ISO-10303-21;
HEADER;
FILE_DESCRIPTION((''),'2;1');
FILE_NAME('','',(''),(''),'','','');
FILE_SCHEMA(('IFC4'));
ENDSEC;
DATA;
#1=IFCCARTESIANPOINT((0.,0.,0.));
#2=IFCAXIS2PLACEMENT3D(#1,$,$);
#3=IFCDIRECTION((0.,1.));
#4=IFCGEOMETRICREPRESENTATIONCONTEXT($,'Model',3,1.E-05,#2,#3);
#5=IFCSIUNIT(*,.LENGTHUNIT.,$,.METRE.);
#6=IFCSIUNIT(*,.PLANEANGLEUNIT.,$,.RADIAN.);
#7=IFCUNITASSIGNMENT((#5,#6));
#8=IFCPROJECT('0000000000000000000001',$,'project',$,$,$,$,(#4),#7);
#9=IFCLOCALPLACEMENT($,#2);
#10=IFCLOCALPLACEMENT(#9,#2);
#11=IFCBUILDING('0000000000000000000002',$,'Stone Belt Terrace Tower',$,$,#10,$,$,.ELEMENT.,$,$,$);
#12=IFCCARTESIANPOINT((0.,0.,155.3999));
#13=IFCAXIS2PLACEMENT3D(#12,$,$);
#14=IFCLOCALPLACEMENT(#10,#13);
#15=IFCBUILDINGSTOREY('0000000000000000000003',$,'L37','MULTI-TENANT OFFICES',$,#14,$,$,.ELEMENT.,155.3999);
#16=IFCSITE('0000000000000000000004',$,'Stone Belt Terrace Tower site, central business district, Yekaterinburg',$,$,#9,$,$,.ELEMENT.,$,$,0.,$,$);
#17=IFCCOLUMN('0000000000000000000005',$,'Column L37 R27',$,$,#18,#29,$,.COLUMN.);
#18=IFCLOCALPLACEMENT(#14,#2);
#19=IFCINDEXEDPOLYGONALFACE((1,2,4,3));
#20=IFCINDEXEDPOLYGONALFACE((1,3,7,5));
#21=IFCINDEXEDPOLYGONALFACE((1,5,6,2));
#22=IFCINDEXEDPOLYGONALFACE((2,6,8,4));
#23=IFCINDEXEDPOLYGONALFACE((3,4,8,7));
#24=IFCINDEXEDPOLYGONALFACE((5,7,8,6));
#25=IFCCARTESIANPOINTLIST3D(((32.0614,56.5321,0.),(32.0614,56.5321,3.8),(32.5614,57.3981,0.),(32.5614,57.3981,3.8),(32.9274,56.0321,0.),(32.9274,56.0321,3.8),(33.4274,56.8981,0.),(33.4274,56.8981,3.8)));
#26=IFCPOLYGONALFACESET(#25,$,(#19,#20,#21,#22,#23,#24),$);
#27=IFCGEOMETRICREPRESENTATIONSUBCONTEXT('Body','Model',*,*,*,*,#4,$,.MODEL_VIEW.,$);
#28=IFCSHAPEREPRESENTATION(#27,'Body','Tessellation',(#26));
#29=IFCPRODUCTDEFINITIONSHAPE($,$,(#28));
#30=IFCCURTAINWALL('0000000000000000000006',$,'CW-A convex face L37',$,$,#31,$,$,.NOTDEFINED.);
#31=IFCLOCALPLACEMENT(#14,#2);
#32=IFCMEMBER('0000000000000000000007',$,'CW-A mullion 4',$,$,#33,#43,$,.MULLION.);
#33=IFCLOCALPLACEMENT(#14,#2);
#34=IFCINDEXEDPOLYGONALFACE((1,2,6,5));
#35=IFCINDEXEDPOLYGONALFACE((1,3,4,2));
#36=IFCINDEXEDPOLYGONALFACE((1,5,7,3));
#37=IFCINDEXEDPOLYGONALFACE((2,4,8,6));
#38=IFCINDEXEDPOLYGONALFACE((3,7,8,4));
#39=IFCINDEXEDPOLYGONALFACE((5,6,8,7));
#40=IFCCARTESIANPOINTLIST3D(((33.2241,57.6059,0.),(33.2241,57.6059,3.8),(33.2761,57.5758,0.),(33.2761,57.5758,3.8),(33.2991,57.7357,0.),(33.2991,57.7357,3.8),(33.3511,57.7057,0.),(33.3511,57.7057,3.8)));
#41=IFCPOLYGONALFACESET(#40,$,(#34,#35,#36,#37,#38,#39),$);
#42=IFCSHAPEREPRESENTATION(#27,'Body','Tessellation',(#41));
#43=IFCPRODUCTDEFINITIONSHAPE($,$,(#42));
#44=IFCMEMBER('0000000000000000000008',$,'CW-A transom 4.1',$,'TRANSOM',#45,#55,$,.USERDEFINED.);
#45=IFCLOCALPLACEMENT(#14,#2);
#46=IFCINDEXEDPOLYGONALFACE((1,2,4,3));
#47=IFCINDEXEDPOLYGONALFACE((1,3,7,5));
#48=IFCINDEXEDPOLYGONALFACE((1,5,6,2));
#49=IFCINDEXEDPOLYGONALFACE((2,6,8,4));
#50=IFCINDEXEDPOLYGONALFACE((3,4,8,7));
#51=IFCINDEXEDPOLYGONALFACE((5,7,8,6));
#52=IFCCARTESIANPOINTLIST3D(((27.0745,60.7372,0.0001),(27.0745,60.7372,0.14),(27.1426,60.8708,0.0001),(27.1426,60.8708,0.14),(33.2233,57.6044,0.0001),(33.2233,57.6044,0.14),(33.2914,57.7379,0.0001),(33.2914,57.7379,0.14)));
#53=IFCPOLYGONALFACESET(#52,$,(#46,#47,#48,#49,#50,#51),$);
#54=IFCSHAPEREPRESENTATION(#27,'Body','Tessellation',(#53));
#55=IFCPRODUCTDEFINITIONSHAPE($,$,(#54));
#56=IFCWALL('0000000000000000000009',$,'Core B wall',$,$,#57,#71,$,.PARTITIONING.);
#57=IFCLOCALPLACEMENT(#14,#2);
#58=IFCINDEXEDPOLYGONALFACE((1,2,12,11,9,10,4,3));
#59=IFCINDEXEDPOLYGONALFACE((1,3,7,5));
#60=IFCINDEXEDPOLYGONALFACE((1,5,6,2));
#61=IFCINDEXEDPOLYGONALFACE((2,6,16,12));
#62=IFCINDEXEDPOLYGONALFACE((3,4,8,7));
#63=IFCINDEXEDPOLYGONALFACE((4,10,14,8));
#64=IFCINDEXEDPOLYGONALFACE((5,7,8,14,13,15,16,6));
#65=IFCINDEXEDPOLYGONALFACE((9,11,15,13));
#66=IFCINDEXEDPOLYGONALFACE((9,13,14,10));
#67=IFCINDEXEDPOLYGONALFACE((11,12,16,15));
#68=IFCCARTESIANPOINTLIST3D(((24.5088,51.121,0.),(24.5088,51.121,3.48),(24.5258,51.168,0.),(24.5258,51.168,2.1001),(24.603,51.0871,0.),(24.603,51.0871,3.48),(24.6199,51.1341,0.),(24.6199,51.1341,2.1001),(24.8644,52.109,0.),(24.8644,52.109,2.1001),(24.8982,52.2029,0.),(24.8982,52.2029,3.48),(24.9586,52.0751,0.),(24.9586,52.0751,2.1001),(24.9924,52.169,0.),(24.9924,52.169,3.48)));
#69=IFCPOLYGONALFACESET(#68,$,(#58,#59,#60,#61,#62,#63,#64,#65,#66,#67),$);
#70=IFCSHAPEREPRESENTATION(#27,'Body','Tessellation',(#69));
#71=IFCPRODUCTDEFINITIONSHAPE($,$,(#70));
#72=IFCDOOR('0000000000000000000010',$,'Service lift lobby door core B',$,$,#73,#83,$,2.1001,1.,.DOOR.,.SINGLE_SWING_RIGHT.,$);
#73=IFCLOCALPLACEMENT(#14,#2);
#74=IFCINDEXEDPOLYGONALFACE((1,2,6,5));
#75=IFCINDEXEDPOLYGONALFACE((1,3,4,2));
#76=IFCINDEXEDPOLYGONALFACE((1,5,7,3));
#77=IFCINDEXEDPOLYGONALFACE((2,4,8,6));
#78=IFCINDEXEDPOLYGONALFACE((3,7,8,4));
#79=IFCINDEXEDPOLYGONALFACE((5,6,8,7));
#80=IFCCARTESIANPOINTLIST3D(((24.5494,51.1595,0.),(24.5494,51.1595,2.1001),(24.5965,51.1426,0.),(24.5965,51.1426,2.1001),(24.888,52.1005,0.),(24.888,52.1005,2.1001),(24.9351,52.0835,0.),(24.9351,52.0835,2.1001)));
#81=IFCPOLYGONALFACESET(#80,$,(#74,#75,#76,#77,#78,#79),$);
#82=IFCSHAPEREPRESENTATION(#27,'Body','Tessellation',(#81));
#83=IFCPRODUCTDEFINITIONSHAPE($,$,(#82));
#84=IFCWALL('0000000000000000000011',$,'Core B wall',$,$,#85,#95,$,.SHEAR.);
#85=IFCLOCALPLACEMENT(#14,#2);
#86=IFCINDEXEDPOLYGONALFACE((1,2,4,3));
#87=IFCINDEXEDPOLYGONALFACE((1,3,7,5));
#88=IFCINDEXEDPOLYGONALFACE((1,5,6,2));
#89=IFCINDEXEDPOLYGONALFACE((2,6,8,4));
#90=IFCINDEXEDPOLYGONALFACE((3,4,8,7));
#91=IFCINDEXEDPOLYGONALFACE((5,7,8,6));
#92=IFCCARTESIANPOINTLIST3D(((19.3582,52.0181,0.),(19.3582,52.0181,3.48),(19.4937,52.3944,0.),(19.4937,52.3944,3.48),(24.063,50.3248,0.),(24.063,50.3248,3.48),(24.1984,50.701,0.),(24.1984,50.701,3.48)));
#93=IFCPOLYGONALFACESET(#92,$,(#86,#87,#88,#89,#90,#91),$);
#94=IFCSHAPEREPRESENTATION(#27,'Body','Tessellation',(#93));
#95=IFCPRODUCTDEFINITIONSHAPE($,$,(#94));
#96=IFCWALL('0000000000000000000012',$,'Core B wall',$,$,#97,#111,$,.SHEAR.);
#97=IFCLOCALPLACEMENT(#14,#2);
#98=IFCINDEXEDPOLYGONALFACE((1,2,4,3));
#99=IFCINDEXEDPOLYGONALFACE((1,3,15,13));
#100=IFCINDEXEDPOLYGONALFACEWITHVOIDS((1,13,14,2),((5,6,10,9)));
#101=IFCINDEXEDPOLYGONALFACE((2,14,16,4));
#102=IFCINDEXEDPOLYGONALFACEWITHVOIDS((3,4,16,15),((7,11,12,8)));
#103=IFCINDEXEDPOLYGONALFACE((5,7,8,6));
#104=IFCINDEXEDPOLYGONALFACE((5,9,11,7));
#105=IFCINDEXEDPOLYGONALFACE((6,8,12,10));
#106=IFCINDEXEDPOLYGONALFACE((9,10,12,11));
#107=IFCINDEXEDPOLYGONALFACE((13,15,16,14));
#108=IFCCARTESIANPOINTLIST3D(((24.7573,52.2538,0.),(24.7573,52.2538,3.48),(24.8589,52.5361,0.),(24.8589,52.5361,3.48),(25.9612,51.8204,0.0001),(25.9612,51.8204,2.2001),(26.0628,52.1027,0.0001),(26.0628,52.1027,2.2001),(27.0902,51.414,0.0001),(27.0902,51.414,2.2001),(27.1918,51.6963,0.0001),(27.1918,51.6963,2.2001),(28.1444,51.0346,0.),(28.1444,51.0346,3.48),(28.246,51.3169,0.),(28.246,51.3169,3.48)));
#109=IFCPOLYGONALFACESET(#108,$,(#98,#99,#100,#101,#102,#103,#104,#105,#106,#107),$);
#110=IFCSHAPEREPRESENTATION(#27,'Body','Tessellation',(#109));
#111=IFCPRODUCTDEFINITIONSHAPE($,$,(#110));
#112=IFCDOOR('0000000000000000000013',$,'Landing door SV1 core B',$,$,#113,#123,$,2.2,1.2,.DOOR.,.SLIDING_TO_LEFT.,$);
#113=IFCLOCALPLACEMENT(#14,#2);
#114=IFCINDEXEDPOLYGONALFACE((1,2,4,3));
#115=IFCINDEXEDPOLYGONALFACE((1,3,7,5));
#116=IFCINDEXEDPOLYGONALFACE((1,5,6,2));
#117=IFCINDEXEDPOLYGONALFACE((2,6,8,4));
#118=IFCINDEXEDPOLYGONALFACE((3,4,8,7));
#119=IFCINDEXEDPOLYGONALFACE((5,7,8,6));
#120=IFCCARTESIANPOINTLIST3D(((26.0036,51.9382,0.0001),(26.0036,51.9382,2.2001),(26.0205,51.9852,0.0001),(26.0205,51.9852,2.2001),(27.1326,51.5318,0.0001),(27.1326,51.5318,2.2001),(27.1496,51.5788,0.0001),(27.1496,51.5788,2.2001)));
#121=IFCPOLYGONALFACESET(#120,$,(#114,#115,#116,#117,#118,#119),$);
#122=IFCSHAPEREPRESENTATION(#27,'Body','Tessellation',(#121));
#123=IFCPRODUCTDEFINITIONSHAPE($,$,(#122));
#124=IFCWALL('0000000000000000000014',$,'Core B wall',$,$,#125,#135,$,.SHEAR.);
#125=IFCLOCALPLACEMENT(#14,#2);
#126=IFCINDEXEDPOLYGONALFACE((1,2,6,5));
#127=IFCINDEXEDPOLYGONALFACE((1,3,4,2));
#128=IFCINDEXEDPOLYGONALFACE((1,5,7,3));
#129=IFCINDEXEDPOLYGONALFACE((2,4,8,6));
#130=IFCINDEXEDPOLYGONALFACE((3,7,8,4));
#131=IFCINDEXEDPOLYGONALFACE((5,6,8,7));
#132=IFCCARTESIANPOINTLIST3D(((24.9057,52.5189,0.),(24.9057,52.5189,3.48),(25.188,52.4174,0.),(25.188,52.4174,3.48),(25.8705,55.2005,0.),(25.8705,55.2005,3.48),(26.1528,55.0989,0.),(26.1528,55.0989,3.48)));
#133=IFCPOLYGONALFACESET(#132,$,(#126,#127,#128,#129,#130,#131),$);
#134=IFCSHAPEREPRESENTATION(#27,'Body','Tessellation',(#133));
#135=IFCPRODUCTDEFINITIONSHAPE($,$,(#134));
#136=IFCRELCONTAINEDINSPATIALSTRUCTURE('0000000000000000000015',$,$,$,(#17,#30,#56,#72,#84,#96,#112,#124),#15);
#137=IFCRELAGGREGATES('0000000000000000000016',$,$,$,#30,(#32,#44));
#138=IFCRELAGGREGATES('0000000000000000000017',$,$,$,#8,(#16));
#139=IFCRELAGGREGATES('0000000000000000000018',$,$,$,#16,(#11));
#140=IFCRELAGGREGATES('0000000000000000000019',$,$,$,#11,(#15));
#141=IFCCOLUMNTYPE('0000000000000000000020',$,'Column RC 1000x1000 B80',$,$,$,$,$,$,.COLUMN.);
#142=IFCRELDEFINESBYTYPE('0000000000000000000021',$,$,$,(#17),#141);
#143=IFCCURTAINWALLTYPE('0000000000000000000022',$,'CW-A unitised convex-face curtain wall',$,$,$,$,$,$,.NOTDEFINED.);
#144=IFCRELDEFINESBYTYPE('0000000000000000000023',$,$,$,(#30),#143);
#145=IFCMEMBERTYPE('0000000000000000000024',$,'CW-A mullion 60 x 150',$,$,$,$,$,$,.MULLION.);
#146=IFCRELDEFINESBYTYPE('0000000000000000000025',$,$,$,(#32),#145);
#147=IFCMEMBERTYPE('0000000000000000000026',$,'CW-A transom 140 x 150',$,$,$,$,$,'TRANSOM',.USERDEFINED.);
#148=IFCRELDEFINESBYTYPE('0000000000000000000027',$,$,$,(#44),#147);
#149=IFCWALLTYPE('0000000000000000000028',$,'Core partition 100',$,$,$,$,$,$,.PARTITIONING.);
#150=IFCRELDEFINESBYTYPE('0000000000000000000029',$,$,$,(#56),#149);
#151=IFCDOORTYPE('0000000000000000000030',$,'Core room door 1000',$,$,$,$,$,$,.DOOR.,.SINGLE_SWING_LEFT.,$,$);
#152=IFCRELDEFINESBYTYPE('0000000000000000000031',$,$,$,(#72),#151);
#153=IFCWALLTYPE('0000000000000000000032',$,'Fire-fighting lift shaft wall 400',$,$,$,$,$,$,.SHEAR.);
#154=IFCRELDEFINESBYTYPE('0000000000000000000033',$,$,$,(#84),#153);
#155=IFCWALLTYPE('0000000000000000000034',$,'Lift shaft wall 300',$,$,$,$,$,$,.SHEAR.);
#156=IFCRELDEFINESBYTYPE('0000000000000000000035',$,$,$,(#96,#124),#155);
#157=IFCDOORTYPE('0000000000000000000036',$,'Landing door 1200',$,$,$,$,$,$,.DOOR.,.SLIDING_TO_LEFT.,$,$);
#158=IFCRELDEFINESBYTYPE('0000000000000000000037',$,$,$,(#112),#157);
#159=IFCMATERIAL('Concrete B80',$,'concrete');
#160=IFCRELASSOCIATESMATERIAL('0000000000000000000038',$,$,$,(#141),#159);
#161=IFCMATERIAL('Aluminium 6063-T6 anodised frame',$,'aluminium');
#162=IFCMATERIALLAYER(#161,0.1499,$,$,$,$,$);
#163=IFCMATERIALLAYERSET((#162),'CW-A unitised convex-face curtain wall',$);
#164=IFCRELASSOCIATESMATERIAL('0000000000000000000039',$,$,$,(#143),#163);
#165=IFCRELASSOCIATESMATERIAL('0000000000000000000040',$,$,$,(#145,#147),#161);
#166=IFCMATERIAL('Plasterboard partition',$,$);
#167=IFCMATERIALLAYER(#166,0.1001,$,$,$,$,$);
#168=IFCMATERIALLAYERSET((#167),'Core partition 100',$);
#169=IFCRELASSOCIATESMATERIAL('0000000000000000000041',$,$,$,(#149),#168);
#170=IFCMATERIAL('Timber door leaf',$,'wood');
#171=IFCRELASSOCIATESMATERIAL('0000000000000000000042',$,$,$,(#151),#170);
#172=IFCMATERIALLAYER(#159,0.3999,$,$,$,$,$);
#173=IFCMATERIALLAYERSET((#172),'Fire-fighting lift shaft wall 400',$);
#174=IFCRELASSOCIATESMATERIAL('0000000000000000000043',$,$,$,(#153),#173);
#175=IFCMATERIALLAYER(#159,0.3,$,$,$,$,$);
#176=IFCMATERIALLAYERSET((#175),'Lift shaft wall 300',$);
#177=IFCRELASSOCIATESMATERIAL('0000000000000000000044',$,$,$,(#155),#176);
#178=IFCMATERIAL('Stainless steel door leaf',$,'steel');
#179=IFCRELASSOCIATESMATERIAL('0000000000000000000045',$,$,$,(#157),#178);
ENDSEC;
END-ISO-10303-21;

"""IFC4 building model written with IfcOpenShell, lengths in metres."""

from ifc_helpers import new_model, si_unit, direction, frame, frame_2d, origin, origin_2d, place, context, subcontext, project, spatial, rectangle, extrude, material, layer, layer_set, material_profile, profile_set, type_object, element, fill, aggregate, save


model = new_model("IFC4")

# Units and contexts
model_context = context("Model", 3, precision=1e-05, world=origin(), true_north=direction((0.0, 1.0)))
body_context = subcontext(model_context, "Body", "Model", "MODEL_VIEW")
ifc_project = project(units=[si_unit("LENGTHUNIT", "METRE"), si_unit("PLANEANGLEUNIT", "RADIAN")], contexts=[model_context])

# Site, building, storey
site_placement = place(None, origin())
site = spatial("IfcSite", under=ifc_project, at=site_placement, Name="Stone Belt Terrace Tower site, central business district, Yekaterinburg", CompositionType="ELEMENT", RefElevation=0.0)
building_placement = place(site_placement, origin())
building = spatial("IfcBuilding", under=site, at=building_placement, Name="Stone Belt Terrace Tower", CompositionType="ELEMENT")
storey_placement = place(building_placement, frame((0.0, 0.0, 155.3999)))
storey = spatial("IfcBuildingStorey", under=building, at=storey_placement, Name="L37", Description="MULTI-TENANT OFFICES", CompositionType="ELEMENT", Elevation=155.3999)

# Column
ifc_material_1 = material(Name="Concrete B80", Category="concrete")
ifc_material_profile_1 = material_profile(ifc_material_1, rectangle(XDim=1.0, YDim=1.0, at=origin_2d()), Name="RC 1000x1000")
ifc_profile_set_1 = profile_set([ifc_material_profile_1], Name="Concrete B80")
column_type = type_object("IfcColumnType", Name="Column RC 1000x1000 B80", PredefinedType="COLUMN", material=ifc_profile_set_1)
column_placement = place(storey_placement, frame((32.7444, 56.7151, 0.0), z_axis=(0.0, 0.0, 1.0), x_axis=(0.866025, -0.5, 0.0)))
element("IfcColumn", 1, at=column_placement, inside=storey, type_object=column_type, Name="Column L37 R27", PredefinedType="COLUMN", context=body_context, shape_type="SweptSolid", body=[
    extrude(rectangle(XDim=1.0, YDim=1.0, at=origin_2d()), origin(), (0.0, 0.0, 1.0), 3.8),
])

# Curtain wall, members
ifc_material_2 = material(Name="Aluminium 6063-T6 anodised frame", Category="aluminium")
ifc_layer_1 = layer(ifc_material_2, 0.1499)
ifc_layer_set_1 = layer_set([ifc_layer_1], Name="CW-A unitised convex-face curtain wall")
curtain_wall_type = type_object("IfcCurtainWallType", Name="CW-A unitised convex-face curtain wall", PredefinedType="NOTDEFINED", material=ifc_layer_set_1)
curtain_wall_placement = place(storey_placement, origin())
curtain_wall = element("IfcCurtainWall", 2, at=curtain_wall_placement, inside=storey, type_object=curtain_wall_type, Name="CW-A convex face L37", PredefinedType="NOTDEFINED")
ifc_material_profile_2 = material_profile(ifc_material_2, rectangle(XDim=0.1499, YDim=0.0601, at=origin_2d()), Name="Aluminium 6063-T6 60x150")
ifc_profile_set_2 = profile_set([ifc_material_profile_2], Name="Aluminium 6063-T6 anodised frame")
member_type_1 = type_object("IfcMemberType", Name="CW-A mullion 60 x 150", PredefinedType="MULLION", material=ifc_profile_set_2)
member_1_placement = place(storey_placement, frame((33.2876, 57.6558, 0.0), z_axis=(0.0, 0.0, 1.0), x_axis=(-0.5, -0.866025, 0.0)))
member_1 = element("IfcMember", 3, at=member_1_placement, type_object=member_type_1, Name="CW-A mullion 4", PredefinedType="MULLION", context=body_context, shape_type="SweptSolid", body=[
    extrude(rectangle(XDim=0.1499, YDim=0.0601, at=origin_2d()), origin(), (0.0, 0.0, 1.0), 3.8),
])
ifc_material_profile_3 = material_profile(ifc_material_2, rectangle(XDim=0.1499, YDim=0.1399, at=origin_2d()), Name="Aluminium 6063-T6 150x140")
ifc_profile_set_3 = profile_set([ifc_material_profile_3], Name="Aluminium 6063-T6 anodised frame")
member_type_2 = type_object("IfcMemberType", Name="CW-A transom 140 x 150", ElementType="TRANSOM", PredefinedType="USERDEFINED", material=ifc_profile_set_3)
member_2_placement = place(storey_placement, frame((33.2573, 57.6711, 0.0701), z_axis=(-0.891012, 0.453979, 0.0), x_axis=(-0.453979, -0.891012, 0.0)))
member_2 = element("IfcMember", 4, at=member_2_placement, type_object=member_type_2, Name="CW-A transom 4.1", ObjectType="TRANSOM", PredefinedType="USERDEFINED", context=body_context, shape_type="SweptSolid", body=[
    extrude(rectangle(XDim=0.1499, YDim=0.1399, at=origin_2d()), origin(), (0.0, 0.0, 1.0), 6.9009),
])
aggregate(curtain_wall, [member_1, member_2])

# Wall, opening, door
ifc_material_3 = material(Name="Plasterboard partition")
ifc_layer_2 = layer(ifc_material_3, 0.1001)
ifc_layer_set_2 = layer_set([ifc_layer_2], Name="Core partition 100")
wall_type_1 = type_object("IfcWallType", Name="Core partition 100", PredefinedType="PARTITIONING", material=ifc_layer_set_2)
wall_1_placement = place(storey_placement, frame((24.5559, 51.104, 0.0), z_axis=(0.0, 0.0, 1.0), x_axis=(0.338622, 0.940923, 0.0)))
wall_1 = element("IfcWall", 5, at=wall_1_placement, inside=storey, type_object=wall_type_1, Name="Core B wall", PredefinedType="PARTITIONING", context=body_context, shape_type="SweptSolid", body=[
    extrude(rectangle(XDim=1.1499, YDim=0.1001, at=frame_2d((0.575, 0.0))), origin(), (0.0, 0.0, 1.0), 3.48),
])
opening_1_placement = place(wall_1_placement, frame((0.05, 0.0, 0.0)))
opening_1 = element("IfcOpeningElement", 6, at=opening_1_placement, cuts=wall_1, PredefinedType="OPENING", context=body_context, shape_type="SweptSolid", body=[
    extrude(rectangle(XDim=1.0, YDim=2.1001, at=frame_2d((0.5, 1.05))), frame((0.0, 0.0601, 0.0), z_axis=(0.0, -1.0, 0.0), x_axis=(1.0, 0.0, 0.0)), (0.0, 0.0, 1.0), 0.1201),
])
ifc_material_4 = material(Name="Timber door leaf", Category="wood")
door_type_1 = type_object("IfcDoorType", Name="Core room door 1000", OperationType="SINGLE_SWING_LEFT", PredefinedType="DOOR", material=ifc_material_4)
door_1_placement = place(opening_1_placement, origin())
door_1 = element("IfcDoor", 7, at=door_1_placement, inside=storey, type_object=door_type_1, Name="Service lift lobby door core B", OperationType="SINGLE_SWING_RIGHT", OverallHeight=2.1001, OverallWidth=1.0, PredefinedType="DOOR", context=body_context, shape_type="SweptSolid", body=[
    extrude(rectangle(XDim=1.0, YDim=2.1001, at=frame_2d((0.5, 1.05))), frame((0.0, 0.0249, 0.0), z_axis=(0.0, -1.0, 0.0), x_axis=(1.0, 0.0, 0.0)), (0.0, 0.0, 1.0), 0.05),
])
fill(opening_1, door_1)

# Wall
ifc_layer_3 = layer(ifc_material_1, 0.3999)
ifc_layer_set_3 = layer_set([ifc_layer_3], Name="Fire-fighting lift shaft wall 400")
wall_type_2 = type_object("IfcWallType", Name="Fire-fighting lift shaft wall 400", PredefinedType="SHEAR", material=ifc_layer_set_3)
wall_2_placement = place(storey_placement, frame((24.1306, 50.5129, 0.0), z_axis=(0.0, 0.0, 1.0), x_axis=(-0.940912, 0.338652, 0.0)))
element("IfcWall", 8, at=wall_2_placement, inside=storey, type_object=wall_type_2, Name="Core B wall", PredefinedType="SHEAR", context=body_context, shape_type="SweptSolid", body=[
    extrude(rectangle(XDim=5.0002, YDim=0.3999, at=frame_2d((2.5, 0.0))), origin(), (0.0, 0.0, 1.0), 3.48),
])

# Wall, opening, door
ifc_layer_4 = layer(ifc_material_1, 0.3)
ifc_layer_set_4 = layer_set([ifc_layer_4], Name="Lift shaft wall 300")
wall_type_3 = type_object("IfcWallType", Name="Lift shaft wall 300", PredefinedType="SHEAR", material=ifc_layer_set_4)
wall_3_placement = place(storey_placement, frame((28.1951, 51.1758, 0.0), z_axis=(0.0, 0.0, 1.0), x_axis=(-0.940901, 0.338681, 0.0)))
wall_3 = element("IfcWall", 9, at=wall_3_placement, inside=storey, type_object=wall_type_3, Name="Core B wall", PredefinedType="SHEAR", context=body_context, shape_type="SweptSolid", body=[
    extrude(rectangle(XDim=3.5999, YDim=0.3, at=frame_2d((1.7998, 0.0))), origin(), (0.0, 0.0, 1.0), 3.48),
])
opening_2_placement = place(wall_3_placement, frame((1.1201, 0.0, 0.0)))
opening_2 = element("IfcOpeningElement", 10, at=opening_2_placement, cuts=wall_3, PredefinedType="OPENING", context=body_context, shape_type="SweptSolid", body=[
    extrude(rectangle(XDim=1.2, YDim=2.2, at=frame_2d((0.6001, 1.1001))), frame((0.0, 0.1599, 0.0), z_axis=(0.0, -1.0, 0.0), x_axis=(1.0, 0.0, 0.0)), (0.0, 0.0, 1.0), 0.3201),
])
ifc_material_5 = material(Name="Stainless steel door leaf", Category="steel")
door_type_2 = type_object("IfcDoorType", Name="Landing door 1200", OperationType="SLIDING_TO_LEFT", PredefinedType="DOOR", material=ifc_material_5)
door_2_placement = place(opening_2_placement, origin())
door_2 = element("IfcDoor", 11, at=door_2_placement, inside=storey, type_object=door_type_2, Name="Landing door SV1 core B", OperationType="SLIDING_TO_LEFT", OverallHeight=2.2, OverallWidth=1.2, PredefinedType="DOOR", context=body_context, shape_type="SweptSolid", body=[
    extrude(rectangle(XDim=1.2, YDim=2.2, at=frame_2d((0.6001, 1.1001))), frame((0.0, 0.0249, 0.0), z_axis=(0.0, -1.0, 0.0), x_axis=(1.0, 0.0, 0.0)), (0.0, 0.0, 1.0), 0.05),
])
fill(opening_2, door_2)

# Wall
wall_4_placement = place(storey_placement, frame((25.0469, 52.4683, 0.0), z_axis=(0.0, 0.0, 1.0), x_axis=(0.33855, 0.940949, 0.0)))
element("IfcWall", 12, at=wall_4_placement, inside=storey, type_object=wall_type_3, Name="Core B wall", PredefinedType="SHEAR", context=body_context, shape_type="SweptSolid", body=[
    extrude(rectangle(XDim=2.8499, YDim=0.3, at=frame_2d((1.4248, 0.0))), origin(), (0.0, 0.0, 1.0), 3.48),
])

save(model, "model.ifc")
